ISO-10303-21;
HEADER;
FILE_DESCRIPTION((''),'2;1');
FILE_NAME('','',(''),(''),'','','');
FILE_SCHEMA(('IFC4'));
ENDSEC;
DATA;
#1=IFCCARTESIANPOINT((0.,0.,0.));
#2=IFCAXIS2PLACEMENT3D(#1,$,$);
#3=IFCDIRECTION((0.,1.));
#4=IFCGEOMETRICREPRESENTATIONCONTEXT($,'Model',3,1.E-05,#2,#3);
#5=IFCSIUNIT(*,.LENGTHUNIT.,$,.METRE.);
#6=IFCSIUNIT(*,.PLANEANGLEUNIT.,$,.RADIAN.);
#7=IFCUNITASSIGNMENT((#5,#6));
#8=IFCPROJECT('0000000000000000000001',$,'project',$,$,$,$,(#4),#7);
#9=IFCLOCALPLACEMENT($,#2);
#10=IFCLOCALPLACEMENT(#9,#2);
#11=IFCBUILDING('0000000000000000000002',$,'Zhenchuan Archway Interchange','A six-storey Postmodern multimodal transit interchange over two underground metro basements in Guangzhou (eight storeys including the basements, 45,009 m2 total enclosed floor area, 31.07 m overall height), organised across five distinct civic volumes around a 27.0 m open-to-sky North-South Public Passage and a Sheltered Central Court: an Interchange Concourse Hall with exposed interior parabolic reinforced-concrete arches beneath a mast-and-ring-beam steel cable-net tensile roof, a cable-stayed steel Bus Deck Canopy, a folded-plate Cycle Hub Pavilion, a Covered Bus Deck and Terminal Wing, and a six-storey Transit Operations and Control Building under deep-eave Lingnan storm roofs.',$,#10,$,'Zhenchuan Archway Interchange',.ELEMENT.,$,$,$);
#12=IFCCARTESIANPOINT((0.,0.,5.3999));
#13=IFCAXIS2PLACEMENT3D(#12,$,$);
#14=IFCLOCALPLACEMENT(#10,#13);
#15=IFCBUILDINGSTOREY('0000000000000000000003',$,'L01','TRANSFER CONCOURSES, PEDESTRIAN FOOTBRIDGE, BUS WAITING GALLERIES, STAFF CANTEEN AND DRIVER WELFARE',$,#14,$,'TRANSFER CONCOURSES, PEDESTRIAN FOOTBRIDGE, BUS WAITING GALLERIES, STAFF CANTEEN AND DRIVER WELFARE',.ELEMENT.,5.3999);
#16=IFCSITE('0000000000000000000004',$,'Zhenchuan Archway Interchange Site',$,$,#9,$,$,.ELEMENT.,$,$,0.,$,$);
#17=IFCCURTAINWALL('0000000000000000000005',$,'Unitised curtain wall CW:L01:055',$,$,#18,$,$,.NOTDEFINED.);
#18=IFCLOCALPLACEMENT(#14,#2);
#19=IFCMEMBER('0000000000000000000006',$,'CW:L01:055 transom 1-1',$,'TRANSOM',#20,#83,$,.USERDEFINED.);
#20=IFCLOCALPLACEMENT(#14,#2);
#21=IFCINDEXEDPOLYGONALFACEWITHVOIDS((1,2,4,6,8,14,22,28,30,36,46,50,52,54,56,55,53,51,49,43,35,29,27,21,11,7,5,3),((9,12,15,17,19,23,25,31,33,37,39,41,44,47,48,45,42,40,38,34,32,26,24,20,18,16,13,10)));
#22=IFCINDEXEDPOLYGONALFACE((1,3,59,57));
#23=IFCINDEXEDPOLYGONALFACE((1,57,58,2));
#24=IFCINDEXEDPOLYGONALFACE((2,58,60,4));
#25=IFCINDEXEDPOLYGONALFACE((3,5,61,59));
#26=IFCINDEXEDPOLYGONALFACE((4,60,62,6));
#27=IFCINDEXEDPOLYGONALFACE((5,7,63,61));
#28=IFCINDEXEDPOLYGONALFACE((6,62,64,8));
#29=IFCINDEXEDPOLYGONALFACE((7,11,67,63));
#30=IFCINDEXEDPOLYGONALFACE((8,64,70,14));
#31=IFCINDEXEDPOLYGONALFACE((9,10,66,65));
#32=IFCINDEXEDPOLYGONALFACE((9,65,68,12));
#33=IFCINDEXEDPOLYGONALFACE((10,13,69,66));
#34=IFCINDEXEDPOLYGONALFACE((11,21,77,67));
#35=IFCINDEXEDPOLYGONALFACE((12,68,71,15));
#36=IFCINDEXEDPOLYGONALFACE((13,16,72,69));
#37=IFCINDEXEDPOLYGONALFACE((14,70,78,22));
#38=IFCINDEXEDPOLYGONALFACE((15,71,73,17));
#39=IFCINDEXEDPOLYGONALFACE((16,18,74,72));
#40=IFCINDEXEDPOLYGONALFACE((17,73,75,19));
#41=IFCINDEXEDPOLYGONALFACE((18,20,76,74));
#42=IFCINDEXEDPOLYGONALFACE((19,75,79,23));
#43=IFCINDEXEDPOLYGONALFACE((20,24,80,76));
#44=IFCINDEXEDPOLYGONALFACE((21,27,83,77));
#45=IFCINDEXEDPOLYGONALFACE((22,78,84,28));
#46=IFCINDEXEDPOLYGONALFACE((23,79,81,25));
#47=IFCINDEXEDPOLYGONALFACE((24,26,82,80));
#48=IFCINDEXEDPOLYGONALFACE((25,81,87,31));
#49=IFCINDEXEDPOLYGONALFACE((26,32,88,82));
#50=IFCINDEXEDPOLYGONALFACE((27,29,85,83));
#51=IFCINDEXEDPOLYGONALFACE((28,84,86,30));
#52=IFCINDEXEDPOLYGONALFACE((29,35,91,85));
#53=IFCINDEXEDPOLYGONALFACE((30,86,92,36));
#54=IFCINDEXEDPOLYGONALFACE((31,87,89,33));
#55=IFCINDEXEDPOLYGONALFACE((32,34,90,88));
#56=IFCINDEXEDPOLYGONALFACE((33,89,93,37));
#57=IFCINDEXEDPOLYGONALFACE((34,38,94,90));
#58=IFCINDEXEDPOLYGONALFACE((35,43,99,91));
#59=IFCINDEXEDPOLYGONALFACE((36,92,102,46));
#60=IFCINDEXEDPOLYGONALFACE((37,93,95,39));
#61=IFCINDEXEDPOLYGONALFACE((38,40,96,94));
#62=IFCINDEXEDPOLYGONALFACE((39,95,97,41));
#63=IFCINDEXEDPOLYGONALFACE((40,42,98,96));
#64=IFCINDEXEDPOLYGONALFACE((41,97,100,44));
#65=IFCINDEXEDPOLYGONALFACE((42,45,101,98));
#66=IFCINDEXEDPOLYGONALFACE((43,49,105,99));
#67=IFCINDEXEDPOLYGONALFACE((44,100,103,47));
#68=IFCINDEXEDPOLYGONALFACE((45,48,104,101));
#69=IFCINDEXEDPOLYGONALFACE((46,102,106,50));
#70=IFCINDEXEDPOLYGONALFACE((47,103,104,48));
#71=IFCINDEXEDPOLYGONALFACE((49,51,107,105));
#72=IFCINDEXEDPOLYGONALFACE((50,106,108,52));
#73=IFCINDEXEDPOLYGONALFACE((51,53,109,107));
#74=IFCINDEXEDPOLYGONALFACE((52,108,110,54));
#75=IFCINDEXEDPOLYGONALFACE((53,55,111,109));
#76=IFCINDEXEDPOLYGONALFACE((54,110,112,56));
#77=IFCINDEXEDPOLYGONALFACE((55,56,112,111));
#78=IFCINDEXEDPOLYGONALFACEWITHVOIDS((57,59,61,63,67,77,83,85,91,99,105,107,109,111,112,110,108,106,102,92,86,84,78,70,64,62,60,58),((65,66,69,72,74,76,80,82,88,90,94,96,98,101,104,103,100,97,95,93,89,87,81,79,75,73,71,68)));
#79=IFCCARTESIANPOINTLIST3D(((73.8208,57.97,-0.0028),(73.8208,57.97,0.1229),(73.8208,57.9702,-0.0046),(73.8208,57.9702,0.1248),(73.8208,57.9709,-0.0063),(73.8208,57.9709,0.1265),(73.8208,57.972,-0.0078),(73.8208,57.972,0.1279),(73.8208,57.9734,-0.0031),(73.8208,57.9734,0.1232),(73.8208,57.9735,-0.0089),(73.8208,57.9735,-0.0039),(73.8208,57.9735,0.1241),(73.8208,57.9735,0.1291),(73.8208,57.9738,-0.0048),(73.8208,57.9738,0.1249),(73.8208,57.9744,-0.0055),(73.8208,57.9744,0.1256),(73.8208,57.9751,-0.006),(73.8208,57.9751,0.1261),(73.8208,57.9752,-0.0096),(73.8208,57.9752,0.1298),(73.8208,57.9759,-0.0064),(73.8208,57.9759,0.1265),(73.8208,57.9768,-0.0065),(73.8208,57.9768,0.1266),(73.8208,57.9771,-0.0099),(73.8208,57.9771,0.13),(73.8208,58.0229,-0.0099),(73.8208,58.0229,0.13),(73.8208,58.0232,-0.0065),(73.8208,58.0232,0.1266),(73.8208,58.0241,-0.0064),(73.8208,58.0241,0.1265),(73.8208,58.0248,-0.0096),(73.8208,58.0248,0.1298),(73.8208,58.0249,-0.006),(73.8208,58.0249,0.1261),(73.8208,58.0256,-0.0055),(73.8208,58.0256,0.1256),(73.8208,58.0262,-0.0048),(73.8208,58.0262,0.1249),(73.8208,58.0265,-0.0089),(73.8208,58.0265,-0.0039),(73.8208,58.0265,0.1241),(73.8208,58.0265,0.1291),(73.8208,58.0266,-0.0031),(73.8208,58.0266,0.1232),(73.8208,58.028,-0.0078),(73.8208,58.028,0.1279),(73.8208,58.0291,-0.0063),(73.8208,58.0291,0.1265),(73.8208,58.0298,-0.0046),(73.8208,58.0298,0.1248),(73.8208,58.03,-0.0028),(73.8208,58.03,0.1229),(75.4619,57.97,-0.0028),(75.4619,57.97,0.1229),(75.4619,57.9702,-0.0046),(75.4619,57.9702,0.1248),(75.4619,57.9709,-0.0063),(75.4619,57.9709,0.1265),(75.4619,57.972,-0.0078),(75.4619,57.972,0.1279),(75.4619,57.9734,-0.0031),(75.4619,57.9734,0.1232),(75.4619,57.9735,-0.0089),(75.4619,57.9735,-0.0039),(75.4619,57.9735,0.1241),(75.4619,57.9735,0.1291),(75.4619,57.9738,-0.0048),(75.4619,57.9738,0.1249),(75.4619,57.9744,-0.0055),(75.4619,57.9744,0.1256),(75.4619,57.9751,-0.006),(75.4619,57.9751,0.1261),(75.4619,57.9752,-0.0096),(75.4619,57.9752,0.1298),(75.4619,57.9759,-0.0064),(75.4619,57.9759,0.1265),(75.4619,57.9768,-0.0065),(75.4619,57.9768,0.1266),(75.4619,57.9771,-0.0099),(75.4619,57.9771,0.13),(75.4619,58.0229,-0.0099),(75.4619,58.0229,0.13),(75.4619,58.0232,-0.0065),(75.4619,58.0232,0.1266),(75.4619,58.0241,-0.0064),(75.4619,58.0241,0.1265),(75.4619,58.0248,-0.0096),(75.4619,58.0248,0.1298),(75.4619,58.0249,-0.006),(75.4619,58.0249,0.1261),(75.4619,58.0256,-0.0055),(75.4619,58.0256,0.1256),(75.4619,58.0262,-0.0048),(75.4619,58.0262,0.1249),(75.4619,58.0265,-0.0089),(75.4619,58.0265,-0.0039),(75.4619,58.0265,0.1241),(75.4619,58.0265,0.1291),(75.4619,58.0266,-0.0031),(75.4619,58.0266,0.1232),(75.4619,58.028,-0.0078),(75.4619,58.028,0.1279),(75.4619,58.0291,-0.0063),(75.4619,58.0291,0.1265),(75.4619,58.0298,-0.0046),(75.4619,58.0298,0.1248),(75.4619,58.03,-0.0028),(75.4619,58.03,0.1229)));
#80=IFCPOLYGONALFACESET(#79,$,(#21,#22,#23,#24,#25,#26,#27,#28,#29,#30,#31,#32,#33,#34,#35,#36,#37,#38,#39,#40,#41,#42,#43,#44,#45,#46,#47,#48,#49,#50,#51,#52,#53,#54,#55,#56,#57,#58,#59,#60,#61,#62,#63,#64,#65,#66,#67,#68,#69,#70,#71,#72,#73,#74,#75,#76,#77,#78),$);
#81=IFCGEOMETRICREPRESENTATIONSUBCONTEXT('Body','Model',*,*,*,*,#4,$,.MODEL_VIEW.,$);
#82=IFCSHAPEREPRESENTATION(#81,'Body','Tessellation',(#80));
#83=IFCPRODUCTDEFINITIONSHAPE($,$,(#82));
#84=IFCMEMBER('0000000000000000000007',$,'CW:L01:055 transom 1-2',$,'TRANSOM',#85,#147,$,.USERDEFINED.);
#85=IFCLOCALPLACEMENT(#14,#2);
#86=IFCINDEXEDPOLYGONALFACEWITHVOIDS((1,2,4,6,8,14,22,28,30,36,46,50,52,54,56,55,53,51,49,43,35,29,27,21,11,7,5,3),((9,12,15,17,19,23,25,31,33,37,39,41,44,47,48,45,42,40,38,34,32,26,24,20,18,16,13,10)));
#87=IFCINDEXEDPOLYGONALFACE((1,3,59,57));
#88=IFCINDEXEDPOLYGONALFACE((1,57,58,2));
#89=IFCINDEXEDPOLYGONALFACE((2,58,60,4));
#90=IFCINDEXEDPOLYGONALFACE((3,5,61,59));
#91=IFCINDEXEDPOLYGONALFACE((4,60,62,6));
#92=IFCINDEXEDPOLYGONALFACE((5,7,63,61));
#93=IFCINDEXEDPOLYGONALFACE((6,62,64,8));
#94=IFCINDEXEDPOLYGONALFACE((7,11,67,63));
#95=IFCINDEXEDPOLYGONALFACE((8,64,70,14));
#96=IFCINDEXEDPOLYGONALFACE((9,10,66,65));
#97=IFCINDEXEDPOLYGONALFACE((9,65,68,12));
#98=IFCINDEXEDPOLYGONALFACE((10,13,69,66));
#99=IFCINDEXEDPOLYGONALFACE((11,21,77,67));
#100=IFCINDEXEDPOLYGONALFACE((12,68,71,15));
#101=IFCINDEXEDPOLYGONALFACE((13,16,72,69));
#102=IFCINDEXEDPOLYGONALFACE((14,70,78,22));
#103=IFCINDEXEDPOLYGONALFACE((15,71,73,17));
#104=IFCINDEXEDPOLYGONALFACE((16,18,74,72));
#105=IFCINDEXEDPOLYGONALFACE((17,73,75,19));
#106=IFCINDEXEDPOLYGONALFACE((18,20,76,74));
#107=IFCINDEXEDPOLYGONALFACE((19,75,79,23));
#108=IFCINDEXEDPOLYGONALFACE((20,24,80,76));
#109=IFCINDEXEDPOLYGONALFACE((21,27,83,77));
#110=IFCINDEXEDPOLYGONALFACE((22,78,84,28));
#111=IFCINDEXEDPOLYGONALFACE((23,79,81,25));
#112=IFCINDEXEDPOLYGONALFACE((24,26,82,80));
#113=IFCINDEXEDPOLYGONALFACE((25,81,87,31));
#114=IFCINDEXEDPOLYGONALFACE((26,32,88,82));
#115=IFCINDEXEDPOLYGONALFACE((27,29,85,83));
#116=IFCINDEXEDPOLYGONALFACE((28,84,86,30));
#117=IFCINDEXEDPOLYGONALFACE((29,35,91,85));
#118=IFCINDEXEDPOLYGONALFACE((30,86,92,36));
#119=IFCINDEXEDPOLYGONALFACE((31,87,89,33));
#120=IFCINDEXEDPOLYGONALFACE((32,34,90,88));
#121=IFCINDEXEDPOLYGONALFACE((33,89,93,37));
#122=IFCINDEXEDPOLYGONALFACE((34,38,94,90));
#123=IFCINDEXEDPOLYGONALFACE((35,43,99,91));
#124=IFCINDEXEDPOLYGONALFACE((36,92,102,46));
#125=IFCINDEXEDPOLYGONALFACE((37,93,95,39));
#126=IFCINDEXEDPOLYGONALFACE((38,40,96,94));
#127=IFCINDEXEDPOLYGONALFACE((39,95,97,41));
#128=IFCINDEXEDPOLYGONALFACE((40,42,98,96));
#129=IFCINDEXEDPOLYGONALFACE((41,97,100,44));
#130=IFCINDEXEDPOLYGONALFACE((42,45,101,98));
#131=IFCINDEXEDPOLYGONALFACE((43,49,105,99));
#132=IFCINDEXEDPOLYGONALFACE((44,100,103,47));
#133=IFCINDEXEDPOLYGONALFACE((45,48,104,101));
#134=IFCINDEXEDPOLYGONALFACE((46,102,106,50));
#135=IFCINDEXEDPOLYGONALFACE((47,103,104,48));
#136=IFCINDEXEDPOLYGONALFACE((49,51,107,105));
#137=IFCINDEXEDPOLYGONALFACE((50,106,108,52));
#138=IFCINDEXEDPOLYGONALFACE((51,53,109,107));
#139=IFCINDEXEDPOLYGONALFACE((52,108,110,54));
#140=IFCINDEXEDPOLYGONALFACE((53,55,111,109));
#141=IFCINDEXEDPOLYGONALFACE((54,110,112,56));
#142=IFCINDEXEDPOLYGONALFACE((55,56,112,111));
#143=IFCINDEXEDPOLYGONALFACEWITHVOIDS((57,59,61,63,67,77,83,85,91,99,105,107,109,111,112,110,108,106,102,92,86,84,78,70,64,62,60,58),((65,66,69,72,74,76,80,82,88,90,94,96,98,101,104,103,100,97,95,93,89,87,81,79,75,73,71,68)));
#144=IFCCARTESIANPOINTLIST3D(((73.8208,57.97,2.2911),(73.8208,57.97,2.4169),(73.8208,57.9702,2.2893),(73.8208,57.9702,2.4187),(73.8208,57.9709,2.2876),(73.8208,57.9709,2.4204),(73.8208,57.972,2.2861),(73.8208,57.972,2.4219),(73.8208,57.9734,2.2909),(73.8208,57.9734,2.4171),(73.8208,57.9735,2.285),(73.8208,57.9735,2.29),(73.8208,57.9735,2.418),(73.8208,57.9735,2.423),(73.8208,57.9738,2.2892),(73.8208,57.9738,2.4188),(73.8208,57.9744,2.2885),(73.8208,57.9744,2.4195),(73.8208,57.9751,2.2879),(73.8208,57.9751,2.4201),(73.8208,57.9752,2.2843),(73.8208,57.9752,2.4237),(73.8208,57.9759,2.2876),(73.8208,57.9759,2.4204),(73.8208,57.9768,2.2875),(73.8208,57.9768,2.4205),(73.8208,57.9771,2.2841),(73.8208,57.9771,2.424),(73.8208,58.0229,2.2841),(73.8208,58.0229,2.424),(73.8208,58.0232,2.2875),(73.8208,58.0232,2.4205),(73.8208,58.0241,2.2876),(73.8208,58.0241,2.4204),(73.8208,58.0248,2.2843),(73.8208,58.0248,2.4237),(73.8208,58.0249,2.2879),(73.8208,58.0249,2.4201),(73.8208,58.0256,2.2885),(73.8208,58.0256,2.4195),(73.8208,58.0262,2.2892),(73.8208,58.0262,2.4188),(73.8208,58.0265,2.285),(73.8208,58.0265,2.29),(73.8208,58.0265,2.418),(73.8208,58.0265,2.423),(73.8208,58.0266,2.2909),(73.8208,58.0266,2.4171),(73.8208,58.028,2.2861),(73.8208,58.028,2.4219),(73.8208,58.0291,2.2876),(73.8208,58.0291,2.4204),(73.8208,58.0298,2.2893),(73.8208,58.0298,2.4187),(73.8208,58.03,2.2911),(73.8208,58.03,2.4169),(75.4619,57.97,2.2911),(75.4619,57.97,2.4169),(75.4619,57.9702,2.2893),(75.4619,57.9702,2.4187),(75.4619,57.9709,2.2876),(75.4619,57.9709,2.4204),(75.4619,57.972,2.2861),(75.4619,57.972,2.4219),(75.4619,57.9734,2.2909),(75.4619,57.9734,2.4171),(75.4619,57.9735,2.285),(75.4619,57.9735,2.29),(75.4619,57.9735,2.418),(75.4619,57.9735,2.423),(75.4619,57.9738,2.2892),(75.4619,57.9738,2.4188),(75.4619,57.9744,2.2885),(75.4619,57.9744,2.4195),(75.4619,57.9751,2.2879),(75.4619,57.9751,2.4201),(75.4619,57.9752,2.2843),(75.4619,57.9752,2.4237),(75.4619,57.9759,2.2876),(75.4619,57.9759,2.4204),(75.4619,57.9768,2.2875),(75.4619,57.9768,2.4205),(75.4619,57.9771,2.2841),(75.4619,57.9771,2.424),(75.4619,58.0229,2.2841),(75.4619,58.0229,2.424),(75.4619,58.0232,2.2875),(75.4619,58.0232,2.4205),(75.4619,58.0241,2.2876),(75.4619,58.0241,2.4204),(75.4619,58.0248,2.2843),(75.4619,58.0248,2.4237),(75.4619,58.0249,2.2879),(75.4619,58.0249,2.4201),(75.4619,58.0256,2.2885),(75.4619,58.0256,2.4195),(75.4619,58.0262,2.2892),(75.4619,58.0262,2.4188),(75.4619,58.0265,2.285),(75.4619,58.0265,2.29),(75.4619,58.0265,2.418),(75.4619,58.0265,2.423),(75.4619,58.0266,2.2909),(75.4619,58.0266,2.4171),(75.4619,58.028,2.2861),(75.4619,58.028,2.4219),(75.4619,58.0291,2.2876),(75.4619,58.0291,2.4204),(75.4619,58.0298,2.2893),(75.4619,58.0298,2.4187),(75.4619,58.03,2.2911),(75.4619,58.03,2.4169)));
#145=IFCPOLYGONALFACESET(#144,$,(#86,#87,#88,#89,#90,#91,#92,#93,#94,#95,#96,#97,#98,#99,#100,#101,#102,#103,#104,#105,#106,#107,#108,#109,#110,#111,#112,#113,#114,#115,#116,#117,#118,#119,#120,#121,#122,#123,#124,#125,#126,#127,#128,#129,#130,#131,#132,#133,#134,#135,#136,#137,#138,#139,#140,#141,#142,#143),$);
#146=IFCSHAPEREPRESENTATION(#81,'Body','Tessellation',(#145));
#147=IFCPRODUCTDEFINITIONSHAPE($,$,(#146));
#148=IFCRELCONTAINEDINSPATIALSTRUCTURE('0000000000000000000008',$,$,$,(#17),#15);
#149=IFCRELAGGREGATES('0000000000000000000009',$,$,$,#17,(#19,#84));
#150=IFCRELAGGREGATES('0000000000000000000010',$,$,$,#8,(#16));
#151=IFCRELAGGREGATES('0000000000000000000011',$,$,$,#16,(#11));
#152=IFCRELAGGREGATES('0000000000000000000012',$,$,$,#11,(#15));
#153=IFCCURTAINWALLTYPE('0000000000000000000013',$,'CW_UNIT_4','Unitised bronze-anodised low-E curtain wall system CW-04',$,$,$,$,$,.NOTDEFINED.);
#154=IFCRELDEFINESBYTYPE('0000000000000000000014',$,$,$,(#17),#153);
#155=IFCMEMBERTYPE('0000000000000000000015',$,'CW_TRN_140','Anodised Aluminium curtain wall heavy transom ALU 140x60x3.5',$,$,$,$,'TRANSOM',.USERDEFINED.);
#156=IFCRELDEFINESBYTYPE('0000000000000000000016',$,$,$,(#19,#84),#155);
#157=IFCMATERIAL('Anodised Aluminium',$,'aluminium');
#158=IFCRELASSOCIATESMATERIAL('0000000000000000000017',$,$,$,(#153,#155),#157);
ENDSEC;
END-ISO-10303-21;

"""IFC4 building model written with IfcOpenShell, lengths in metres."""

from ifc_helpers import new_model, si_unit, direction, frame, origin, origin_2d, place, context, subcontext, project, spatial, hollow_rectangle, extrude, material, material_profile, profile_set, type_object, element, aggregate, save


model = new_model("IFC4")

# Units and contexts
model_context = context("Model", 3, precision=1e-05, world=origin(), true_north=direction((0.0, 1.0)))
body_context = subcontext(model_context, "Body", "Model", "MODEL_VIEW")
ifc_project = project(units=[si_unit("LENGTHUNIT", "METRE"), si_unit("PLANEANGLEUNIT", "RADIAN")], contexts=[model_context])

# Site, building, storey
site_placement = place(None, origin())
site = spatial("IfcSite", under=ifc_project, at=site_placement, Name="Zhenchuan Archway Interchange Site", CompositionType="ELEMENT", RefElevation=0.0)
building_placement = place(site_placement, origin())
building = spatial("IfcBuilding", under=site, at=building_placement, Name="Zhenchuan Archway Interchange", Description="A six-storey Postmodern multimodal transit interchange over two underground metro basements in Guangzhou (eight storeys including the basements, 45,009 m2 total enclosed floor area, 31.07 m overall height), organised across five distinct civic volumes around a 27.0 m open-to-sky North-South Public Passage and a Sheltered Central Court: an Interchange Concourse Hall with exposed interior parabolic reinforced-concrete arches beneath a mast-and-ring-beam steel cable-net tensile roof, a cable-stayed steel Bus Deck Canopy, a folded-plate Cycle Hub Pavilion, a Covered Bus Deck and Terminal Wing, and a six-storey Transit Operations and Control Building under deep-eave Lingnan storm roofs.", LongName="Zhenchuan Archway Interchange", CompositionType="ELEMENT")
storey_placement = place(building_placement, frame((0.0, 0.0, 5.3999)))
storey = spatial("IfcBuildingStorey", under=building, at=storey_placement, Name="L01", Description="TRANSFER CONCOURSES, PEDESTRIAN FOOTBRIDGE, BUS WAITING GALLERIES, STAFF CANTEEN AND DRIVER WELFARE", LongName="TRANSFER CONCOURSES, PEDESTRIAN FOOTBRIDGE, BUS WAITING GALLERIES, STAFF CANTEEN AND DRIVER WELFARE", CompositionType="ELEMENT", Elevation=5.3999)

# Shared definitions
ifc_material_1 = material(Name="Anodised Aluminium", Category="aluminium")

# Curtain wall, members
curtain_wall_type_1 = type_object("IfcCurtainWallType", Name="CW_UNIT_4", Description="Unitised bronze-anodised low-E curtain wall system CW-04", PredefinedType="NOTDEFINED", material=ifc_material_1)
curtain_wall_1_placement = place(storey_placement, origin())
curtain_wall_1 = element("IfcCurtainWall", 1, at=curtain_wall_1_placement, inside=storey, type_object=curtain_wall_type_1, Name="Unitised curtain wall CW:L01:055", PredefinedType="NOTDEFINED")
ifc_material_profile_1 = material_profile(ifc_material_1, hollow_rectangle(XDim=0.0601, YDim=0.1399, WallThickness=0.0034, InnerFilletRadius=0.0034, OuterFilletRadius=0.0071, at=origin_2d()), Name="ALU 140x60x3.5")
ifc_profile_set_1 = profile_set([ifc_material_profile_1], Name="Anodised Aluminium")
member_type_1 = type_object("IfcMemberType", Name="CW_TRN_140", Description="Anodised Aluminium curtain wall heavy transom ALU 140x60x3.5", ElementType="TRANSOM", PredefinedType="USERDEFINED", material=ifc_profile_set_1)
member_1_placement = place(storey_placement, frame((73.8208, 58.0, 0.0601), z_axis=(1.0, 0.0, 0.0), x_axis=(0.0, 1.0, 0.0)))
member_1 = element("IfcMember", 2, at=member_1_placement, type_object=member_type_1, Name="CW:L01:055 transom 1-1", ObjectType="TRANSOM", PredefinedType="USERDEFINED", context=body_context, shape_type="SweptSolid", body=[
    extrude(hollow_rectangle(XDim=0.0601, YDim=0.1399, WallThickness=0.0034, InnerFilletRadius=0.0034, OuterFilletRadius=0.0071, at=origin_2d()), origin(), (0.0, 0.0, 1.0), 1.6411),
])
member_2_placement = place(storey_placement, frame((73.8208, 58.0, 2.354), z_axis=(1.0, 0.0, 0.0), x_axis=(0.0, 1.0, 0.0)))
member_2 = element("IfcMember", 3, at=member_2_placement, type_object=member_type_1, Name="CW:L01:055 transom 1-2", ObjectType="TRANSOM", PredefinedType="USERDEFINED", context=body_context, shape_type="SweptSolid", body=[
    extrude(hollow_rectangle(XDim=0.0601, YDim=0.1399, WallThickness=0.0034, InnerFilletRadius=0.0034, OuterFilletRadius=0.0071, at=origin_2d()), origin(), (0.0, 0.0, 1.0), 1.6411),
])

aggregate(curtain_wall_1, [member_1, member_2])

save(model, "model.ifc")
